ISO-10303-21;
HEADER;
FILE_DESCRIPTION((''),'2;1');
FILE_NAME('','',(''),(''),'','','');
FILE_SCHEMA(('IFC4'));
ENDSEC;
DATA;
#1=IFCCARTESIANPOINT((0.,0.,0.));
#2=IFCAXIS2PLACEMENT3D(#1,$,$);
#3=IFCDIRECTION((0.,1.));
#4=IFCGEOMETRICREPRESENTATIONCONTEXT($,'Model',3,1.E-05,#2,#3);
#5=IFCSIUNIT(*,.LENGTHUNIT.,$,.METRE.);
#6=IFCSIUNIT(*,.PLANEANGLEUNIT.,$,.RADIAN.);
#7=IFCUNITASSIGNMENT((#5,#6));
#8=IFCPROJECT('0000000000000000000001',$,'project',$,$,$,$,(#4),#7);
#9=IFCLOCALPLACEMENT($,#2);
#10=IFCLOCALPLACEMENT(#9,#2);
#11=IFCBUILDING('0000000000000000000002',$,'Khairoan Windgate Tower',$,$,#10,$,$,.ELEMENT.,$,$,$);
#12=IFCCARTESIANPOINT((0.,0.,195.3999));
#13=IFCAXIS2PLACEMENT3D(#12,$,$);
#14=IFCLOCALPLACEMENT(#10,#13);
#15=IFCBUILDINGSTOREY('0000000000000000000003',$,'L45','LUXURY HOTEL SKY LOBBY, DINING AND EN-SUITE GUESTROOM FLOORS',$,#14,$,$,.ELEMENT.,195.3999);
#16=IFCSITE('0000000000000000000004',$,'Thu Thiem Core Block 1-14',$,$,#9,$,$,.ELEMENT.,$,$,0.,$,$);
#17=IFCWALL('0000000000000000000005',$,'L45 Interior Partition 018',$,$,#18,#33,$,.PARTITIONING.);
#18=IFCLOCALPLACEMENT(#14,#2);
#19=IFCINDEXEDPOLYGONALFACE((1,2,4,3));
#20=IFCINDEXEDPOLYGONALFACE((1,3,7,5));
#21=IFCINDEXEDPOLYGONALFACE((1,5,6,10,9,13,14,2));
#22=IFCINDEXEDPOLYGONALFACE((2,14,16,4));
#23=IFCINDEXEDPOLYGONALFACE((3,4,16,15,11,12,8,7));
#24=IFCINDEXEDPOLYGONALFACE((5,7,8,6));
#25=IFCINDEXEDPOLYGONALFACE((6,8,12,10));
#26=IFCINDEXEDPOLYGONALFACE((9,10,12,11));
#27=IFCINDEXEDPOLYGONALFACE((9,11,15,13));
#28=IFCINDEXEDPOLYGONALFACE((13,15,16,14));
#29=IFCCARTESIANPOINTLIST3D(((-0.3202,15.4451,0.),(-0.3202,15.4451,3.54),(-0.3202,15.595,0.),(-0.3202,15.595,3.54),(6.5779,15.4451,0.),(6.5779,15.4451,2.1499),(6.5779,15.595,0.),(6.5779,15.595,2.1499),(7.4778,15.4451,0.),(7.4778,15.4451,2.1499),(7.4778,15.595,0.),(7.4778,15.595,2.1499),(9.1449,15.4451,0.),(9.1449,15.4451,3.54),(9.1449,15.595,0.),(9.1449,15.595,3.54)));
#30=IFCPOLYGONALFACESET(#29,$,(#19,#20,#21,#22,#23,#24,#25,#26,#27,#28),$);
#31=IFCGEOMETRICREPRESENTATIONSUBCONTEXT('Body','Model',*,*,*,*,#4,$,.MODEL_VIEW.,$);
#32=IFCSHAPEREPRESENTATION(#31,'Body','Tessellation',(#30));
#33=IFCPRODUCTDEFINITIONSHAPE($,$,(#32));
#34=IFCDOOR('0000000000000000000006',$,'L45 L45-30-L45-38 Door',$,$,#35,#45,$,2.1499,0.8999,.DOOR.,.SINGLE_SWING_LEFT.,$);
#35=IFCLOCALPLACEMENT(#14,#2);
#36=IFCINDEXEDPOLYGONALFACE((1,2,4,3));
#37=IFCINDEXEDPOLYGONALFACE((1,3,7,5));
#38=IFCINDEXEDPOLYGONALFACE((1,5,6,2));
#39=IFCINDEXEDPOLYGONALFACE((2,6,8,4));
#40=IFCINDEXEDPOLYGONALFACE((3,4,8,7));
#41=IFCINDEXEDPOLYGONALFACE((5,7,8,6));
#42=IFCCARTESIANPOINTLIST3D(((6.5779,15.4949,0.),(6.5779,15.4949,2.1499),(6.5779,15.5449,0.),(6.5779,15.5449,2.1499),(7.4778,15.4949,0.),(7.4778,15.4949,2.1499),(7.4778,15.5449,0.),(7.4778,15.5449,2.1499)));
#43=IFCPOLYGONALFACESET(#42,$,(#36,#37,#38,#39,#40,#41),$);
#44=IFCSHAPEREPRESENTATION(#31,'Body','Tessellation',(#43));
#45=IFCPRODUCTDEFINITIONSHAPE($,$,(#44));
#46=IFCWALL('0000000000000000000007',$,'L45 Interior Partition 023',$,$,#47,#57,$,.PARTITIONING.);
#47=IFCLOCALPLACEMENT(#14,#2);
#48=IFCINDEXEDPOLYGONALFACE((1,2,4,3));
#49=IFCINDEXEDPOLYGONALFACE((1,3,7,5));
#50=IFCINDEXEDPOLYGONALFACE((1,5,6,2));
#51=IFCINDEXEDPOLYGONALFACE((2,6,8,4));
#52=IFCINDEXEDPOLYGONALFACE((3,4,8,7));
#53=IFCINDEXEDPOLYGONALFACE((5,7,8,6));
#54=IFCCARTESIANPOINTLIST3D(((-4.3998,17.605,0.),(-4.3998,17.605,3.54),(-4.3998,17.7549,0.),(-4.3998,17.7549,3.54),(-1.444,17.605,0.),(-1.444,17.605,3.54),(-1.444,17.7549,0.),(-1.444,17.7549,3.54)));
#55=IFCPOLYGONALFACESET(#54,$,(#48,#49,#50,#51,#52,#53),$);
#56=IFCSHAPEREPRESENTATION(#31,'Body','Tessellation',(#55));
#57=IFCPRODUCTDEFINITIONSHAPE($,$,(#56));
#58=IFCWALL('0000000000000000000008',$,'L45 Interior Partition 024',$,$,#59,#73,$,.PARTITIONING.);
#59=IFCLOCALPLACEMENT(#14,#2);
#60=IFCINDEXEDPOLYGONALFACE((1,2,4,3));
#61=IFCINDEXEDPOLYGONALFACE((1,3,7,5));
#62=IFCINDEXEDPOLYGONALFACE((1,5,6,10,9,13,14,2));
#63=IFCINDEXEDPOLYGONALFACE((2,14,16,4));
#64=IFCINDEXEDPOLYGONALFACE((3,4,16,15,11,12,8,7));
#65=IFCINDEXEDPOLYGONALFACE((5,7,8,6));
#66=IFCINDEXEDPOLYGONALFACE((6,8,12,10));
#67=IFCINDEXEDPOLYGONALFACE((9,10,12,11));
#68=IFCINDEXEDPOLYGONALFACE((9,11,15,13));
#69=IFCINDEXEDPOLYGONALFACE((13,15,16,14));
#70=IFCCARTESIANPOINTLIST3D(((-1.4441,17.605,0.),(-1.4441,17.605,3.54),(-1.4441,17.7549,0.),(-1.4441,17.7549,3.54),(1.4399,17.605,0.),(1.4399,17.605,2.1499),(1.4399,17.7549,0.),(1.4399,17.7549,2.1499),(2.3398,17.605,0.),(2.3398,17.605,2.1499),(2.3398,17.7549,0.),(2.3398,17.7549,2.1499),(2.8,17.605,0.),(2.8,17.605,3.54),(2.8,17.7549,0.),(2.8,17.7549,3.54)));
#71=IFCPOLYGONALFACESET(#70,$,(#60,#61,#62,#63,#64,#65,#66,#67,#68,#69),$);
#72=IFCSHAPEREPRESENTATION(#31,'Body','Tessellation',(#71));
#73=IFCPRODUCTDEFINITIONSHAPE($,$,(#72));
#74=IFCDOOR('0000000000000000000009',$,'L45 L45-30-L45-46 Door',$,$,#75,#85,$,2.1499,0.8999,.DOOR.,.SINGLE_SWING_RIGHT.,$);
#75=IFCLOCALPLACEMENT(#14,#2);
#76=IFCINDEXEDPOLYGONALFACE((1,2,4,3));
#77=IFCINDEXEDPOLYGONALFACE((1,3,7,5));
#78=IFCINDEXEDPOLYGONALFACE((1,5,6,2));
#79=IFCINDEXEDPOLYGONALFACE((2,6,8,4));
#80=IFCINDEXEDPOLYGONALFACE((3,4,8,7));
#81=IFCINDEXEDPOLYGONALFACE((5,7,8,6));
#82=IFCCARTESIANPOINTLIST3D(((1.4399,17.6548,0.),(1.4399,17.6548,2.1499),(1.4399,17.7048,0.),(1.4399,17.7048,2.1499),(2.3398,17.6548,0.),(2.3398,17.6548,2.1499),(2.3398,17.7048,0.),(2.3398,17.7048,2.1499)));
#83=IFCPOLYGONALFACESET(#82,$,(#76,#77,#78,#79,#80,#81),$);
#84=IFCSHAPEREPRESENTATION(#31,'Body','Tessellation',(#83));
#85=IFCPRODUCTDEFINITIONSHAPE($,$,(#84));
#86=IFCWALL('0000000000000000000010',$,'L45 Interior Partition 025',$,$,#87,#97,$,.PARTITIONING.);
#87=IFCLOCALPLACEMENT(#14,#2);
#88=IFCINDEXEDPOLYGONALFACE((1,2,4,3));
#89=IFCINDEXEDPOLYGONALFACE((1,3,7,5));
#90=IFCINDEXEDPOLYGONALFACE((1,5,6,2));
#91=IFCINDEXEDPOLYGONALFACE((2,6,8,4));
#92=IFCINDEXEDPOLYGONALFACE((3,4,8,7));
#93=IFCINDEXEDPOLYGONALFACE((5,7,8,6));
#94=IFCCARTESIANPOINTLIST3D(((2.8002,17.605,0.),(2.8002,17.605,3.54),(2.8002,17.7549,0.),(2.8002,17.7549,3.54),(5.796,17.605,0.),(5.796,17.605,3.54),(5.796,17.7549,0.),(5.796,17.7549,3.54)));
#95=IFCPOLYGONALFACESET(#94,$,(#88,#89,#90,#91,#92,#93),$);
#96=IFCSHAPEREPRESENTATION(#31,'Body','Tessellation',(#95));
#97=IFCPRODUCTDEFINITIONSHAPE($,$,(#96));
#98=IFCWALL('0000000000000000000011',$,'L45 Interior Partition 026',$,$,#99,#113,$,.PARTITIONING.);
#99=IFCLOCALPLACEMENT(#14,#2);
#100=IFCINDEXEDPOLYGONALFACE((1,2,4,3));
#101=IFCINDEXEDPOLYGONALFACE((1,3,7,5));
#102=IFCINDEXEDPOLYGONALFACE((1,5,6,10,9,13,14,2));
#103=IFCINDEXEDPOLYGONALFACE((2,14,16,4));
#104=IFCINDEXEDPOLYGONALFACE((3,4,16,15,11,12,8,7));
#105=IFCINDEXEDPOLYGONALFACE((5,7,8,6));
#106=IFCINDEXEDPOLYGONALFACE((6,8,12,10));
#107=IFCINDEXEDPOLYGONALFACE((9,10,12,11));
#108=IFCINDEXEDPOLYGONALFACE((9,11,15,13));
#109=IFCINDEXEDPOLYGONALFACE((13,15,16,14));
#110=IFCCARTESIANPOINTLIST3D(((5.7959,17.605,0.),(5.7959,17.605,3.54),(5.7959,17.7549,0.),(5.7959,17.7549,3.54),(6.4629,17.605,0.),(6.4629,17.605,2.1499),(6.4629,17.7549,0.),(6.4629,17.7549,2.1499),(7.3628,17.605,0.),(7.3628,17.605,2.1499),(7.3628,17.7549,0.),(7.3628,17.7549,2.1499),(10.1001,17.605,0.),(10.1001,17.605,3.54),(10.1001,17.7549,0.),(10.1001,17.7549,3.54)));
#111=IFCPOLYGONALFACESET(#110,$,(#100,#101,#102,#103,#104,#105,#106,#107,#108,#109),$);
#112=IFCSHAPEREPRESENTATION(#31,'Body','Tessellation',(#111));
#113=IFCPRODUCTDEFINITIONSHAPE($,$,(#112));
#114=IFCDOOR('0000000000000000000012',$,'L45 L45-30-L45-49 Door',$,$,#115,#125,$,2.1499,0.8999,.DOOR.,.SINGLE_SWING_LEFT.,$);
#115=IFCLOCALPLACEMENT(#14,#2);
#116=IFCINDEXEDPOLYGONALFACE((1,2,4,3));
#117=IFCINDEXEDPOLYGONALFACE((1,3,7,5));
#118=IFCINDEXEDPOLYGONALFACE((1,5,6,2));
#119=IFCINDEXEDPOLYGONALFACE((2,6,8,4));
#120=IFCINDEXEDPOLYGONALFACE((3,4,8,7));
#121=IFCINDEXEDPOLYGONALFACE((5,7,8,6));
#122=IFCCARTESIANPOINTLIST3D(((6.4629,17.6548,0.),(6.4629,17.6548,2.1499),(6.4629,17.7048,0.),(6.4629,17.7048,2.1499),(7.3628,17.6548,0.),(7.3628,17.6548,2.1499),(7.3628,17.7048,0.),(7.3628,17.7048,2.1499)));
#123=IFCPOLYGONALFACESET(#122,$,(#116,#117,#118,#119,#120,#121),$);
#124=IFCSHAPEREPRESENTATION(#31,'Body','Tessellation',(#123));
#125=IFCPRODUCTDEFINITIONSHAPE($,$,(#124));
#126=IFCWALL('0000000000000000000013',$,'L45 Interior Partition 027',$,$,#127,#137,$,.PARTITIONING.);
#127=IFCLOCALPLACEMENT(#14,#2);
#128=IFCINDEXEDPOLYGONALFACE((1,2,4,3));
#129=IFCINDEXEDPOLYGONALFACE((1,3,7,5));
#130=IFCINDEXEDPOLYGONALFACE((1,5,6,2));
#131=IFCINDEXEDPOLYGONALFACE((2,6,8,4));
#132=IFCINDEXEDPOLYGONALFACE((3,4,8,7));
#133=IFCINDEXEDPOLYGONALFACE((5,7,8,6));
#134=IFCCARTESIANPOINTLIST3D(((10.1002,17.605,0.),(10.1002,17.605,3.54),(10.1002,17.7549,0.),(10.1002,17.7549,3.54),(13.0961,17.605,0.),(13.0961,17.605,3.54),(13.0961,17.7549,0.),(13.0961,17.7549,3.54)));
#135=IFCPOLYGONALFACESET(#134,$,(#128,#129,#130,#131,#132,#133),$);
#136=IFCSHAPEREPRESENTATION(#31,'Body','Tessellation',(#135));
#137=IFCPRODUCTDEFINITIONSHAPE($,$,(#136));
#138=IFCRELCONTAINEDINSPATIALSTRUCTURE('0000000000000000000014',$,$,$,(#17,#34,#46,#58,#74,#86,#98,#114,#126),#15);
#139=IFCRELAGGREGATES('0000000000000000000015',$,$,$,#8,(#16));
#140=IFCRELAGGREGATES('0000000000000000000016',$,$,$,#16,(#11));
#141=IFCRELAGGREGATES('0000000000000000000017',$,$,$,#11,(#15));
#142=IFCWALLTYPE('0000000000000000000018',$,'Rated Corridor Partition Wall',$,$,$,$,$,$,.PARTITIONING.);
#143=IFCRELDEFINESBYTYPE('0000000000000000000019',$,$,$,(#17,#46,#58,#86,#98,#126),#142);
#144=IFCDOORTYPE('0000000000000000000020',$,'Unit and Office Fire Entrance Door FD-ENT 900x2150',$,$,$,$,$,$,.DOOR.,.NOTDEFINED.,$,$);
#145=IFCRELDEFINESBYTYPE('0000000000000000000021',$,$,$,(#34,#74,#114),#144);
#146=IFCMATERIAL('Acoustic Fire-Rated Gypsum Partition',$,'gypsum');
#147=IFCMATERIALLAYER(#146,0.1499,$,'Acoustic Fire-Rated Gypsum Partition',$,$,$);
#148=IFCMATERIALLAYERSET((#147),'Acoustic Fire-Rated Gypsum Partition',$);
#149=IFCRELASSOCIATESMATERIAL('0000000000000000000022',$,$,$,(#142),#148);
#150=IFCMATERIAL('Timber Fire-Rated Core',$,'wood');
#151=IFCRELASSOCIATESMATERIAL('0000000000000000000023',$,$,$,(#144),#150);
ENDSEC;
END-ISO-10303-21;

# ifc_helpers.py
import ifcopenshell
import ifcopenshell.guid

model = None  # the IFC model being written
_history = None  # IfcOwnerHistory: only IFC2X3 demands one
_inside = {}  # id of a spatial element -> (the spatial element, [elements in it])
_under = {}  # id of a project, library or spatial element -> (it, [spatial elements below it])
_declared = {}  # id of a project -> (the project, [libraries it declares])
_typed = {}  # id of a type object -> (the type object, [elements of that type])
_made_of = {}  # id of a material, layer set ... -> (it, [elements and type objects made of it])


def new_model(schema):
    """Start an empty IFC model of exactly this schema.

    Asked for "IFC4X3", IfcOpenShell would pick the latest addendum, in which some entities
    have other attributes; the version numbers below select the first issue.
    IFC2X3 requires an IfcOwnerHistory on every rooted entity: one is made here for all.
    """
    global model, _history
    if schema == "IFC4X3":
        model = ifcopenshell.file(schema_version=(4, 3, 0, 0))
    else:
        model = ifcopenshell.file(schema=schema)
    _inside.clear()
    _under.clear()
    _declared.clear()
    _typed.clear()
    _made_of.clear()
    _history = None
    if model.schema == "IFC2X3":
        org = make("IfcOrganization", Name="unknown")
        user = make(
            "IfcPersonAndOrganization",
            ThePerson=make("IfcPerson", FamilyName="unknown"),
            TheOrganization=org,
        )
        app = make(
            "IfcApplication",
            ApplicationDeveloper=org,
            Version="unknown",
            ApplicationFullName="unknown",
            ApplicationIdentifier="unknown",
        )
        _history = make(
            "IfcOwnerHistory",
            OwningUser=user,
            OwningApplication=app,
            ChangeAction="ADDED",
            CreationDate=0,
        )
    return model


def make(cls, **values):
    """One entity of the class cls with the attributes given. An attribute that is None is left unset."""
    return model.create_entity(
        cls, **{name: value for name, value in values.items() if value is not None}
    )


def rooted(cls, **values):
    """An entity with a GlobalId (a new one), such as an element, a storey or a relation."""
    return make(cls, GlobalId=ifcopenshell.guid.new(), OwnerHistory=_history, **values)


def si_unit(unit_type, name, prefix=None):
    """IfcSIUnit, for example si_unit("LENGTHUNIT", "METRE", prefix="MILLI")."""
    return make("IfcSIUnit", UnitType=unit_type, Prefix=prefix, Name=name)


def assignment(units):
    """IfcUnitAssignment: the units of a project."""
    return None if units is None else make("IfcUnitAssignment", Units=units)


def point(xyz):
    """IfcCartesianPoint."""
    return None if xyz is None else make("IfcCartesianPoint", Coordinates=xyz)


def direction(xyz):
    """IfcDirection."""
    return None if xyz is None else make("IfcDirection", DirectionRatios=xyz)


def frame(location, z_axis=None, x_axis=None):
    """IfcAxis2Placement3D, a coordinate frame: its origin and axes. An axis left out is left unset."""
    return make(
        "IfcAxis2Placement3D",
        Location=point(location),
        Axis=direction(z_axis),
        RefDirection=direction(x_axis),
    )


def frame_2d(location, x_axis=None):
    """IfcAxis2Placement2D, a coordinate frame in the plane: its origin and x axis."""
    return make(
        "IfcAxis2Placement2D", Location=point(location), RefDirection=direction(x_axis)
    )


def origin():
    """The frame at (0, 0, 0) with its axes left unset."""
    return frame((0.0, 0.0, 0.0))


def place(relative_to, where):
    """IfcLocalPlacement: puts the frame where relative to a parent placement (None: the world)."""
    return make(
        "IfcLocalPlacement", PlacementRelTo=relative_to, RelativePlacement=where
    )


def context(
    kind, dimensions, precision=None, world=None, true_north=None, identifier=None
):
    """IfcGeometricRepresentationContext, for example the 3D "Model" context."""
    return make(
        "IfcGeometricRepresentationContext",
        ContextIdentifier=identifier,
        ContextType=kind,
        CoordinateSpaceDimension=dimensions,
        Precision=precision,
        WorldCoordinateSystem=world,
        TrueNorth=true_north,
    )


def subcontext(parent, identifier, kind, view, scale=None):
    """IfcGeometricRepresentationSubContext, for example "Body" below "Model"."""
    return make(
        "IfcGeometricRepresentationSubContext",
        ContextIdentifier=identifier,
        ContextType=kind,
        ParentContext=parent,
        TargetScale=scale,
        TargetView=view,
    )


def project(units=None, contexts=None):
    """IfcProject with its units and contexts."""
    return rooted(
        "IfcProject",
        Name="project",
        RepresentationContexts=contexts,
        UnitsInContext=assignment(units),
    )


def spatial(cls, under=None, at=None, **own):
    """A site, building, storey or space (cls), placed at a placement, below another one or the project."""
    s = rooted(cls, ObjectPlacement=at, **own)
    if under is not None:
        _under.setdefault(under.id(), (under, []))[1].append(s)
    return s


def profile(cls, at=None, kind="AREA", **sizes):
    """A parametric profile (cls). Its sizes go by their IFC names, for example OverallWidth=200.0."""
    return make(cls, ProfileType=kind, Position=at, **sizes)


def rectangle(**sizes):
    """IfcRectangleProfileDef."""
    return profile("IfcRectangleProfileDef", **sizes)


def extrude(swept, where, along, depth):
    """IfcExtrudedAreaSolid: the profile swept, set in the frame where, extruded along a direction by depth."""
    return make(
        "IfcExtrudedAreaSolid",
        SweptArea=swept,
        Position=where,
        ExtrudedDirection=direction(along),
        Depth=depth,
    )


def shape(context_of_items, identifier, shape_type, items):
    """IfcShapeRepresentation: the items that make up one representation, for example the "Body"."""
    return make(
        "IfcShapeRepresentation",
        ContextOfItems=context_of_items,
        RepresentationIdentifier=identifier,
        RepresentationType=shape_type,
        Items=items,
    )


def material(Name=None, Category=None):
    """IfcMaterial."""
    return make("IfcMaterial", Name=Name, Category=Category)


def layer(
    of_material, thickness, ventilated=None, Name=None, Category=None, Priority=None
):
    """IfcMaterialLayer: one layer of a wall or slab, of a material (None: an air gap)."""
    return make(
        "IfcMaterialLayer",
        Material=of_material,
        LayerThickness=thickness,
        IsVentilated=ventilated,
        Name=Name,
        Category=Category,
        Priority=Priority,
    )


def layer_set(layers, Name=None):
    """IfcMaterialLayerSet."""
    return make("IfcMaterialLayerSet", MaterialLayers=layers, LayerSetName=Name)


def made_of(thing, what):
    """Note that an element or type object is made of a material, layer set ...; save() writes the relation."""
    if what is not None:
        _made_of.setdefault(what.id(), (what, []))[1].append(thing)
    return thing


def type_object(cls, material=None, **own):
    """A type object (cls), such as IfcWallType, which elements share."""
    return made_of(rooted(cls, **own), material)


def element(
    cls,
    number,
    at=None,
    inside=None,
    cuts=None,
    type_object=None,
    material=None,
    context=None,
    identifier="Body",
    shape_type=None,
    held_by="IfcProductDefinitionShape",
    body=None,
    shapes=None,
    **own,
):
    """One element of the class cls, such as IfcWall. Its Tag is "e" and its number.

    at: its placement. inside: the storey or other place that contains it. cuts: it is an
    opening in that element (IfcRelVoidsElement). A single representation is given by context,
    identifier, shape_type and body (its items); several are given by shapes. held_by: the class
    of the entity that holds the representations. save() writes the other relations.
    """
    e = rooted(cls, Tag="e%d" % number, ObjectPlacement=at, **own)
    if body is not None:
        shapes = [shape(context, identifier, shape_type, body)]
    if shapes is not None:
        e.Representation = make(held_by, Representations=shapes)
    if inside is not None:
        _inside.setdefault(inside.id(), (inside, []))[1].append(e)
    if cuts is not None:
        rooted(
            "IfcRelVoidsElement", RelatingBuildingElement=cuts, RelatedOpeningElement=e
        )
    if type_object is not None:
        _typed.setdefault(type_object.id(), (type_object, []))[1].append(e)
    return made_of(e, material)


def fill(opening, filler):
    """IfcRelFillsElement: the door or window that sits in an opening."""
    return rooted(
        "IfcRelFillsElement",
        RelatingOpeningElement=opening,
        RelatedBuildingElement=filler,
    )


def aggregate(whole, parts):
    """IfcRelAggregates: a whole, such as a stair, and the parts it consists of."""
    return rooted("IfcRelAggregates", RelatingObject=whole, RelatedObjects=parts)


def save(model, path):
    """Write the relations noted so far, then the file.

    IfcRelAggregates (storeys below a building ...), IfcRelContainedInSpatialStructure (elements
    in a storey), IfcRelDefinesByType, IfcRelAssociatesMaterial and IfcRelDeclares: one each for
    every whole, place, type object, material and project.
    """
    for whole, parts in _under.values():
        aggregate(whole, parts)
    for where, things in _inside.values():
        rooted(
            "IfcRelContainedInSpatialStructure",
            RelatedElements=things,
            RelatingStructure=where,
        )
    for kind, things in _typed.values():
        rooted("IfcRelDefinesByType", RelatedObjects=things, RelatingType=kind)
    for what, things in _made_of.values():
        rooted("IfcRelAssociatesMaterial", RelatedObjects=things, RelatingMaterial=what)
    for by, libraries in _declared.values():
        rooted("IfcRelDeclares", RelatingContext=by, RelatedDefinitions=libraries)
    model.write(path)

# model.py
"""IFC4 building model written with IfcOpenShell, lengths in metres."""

from ifc_helpers import new_model, si_unit, direction, frame, frame_2d, origin, place, context, subcontext, project, spatial, rectangle, extrude, material, layer, layer_set, type_object, element, fill, save


model = new_model("IFC4")

# Units and contexts
model_context = context("Model", 3, precision=1e-05, world=origin(), true_north=direction((0.0, 1.0)))
body_context = subcontext(model_context, "Body", "Model", "MODEL_VIEW")
ifc_project = project(units=[si_unit("LENGTHUNIT", "METRE"), si_unit("PLANEANGLEUNIT", "RADIAN")], contexts=[model_context])

# Site, building, storey
site_placement = place(None, origin())
site = spatial("IfcSite", under=ifc_project, at=site_placement, Name="Thu Thiem Core Block 1-14", CompositionType="ELEMENT", RefElevation=0.0)
building_placement = place(site_placement, origin())
building = spatial("IfcBuilding", under=site, at=building_placement, Name="Khairoan Windgate Tower", CompositionType="ELEMENT")
storey_placement = place(building_placement, frame((0.0, 0.0, 195.3999)))
storey = spatial("IfcBuildingStorey", under=building, at=storey_placement, Name="L45", Description="LUXURY HOTEL SKY LOBBY, DINING AND EN-SUITE GUESTROOM FLOORS", CompositionType="ELEMENT", Elevation=195.3999)

# Wall, opening, door
ifc_material_1 = material(Name="Acoustic Fire-Rated Gypsum Partition", Category="gypsum")
ifc_layer_1 = layer(ifc_material_1, 0.1499, Name="Acoustic Fire-Rated Gypsum Partition")
ifc_layer_set_1 = layer_set([ifc_layer_1], Name="Acoustic Fire-Rated Gypsum Partition")
wall_type_1 = type_object("IfcWallType", Name="Rated Corridor Partition Wall", PredefinedType="PARTITIONING", material=ifc_layer_set_1)
ifc_material_2 = material(Name="Timber Fire-Rated Core", Category="wood")
door_type = type_object("IfcDoorType", Name="Unit and Office Fire Entrance Door FD-ENT 900x2150", OperationType="NOTDEFINED", PredefinedType="DOOR", material=ifc_material_2)
wall_1_placement = place(storey_placement, frame((-0.3201, 15.52, 0.0), z_axis=(0.0, 0.0, 1.0), x_axis=(1.0, 0.0, 0.0)))
wall_1 = element("IfcWall", 1, at=wall_1_placement, inside=storey, type_object=wall_type_1, Name="L45 Interior Partition 018", PredefinedType="PARTITIONING", context=body_context, shape_type="SweptSolid", body=[
    extrude(rectangle(XDim=9.4651, YDim=0.1499, at=frame_2d((4.7324, 0.0))), origin(), (0.0, 0.0, 1.0), 3.54),
])
opening_1_placement = place(wall_1_placement, frame((6.8979, 0.0, 0.0)))
opening_1 = element("IfcOpeningElement", 2, at=opening_1_placement, cuts=wall_1, PredefinedType="OPENING", context=body_context, shape_type="SweptSolid", body=[
    extrude(rectangle(XDim=0.8999, YDim=2.1499, at=frame_2d((0.45, 1.075))), frame((0.0, 0.085, 0.0), z_axis=(0.0, -1.0, 0.0), x_axis=(1.0, 0.0, 0.0)), (0.0, 0.0, 1.0), 0.1699),
])
door_1_placement = place(opening_1_placement, origin())
door_1 = element("IfcDoor", 3, at=door_1_placement, inside=storey, type_object=door_type, Name="L45 L45-30-L45-38 Door", OperationType="SINGLE_SWING_LEFT", OverallHeight=2.1499, OverallWidth=0.8999, PredefinedType="DOOR", context=body_context, shape_type="SweptSolid", body=[
    extrude(rectangle(XDim=0.8999, YDim=2.1499, at=frame_2d((0.45, 1.075))), frame((0.0, 0.0249, 0.0), z_axis=(0.0, -1.0, 0.0), x_axis=(1.0, 0.0, 0.0)), (0.0, 0.0, 1.0), 0.05),
])
fill(opening_1, door_1)

# Wall
wall_2_placement = place(storey_placement, frame((-4.3999, 17.6799, 0.0), z_axis=(0.0, 0.0, 1.0), x_axis=(1.0, 0.0, 0.0)))
element("IfcWall", 4, at=wall_2_placement, inside=storey, type_object=wall_type_1, Name="L45 Interior Partition 023", PredefinedType="PARTITIONING", context=body_context, shape_type="SweptSolid", body=[
    extrude(rectangle(XDim=2.9558, YDim=0.1499, at=frame_2d((1.478, 0.0))), origin(), (0.0, 0.0, 1.0), 3.54),
])

# Wall, opening, door
wall_3_placement = place(storey_placement, frame((-1.4441, 17.6799, 0.0), z_axis=(0.0, 0.0, 1.0), x_axis=(1.0, 0.0, 0.0)))
wall_3 = element("IfcWall", 5, at=wall_3_placement, inside=storey, type_object=wall_type_1, Name="L45 Interior Partition 024", PredefinedType="PARTITIONING", context=body_context, shape_type="SweptSolid", body=[
    extrude(rectangle(XDim=4.2441, YDim=0.1499, at=frame_2d((2.1221, 0.0))), origin(), (0.0, 0.0, 1.0), 3.54),
])
opening_2_placement = place(wall_3_placement, frame((2.884, 0.0, 0.0)))
opening_2 = element("IfcOpeningElement", 6, at=opening_2_placement, cuts=wall_3, PredefinedType="OPENING", context=body_context, shape_type="SweptSolid", body=[
    extrude(rectangle(XDim=0.8999, YDim=2.1499, at=frame_2d((0.45, 1.075))), frame((0.0, 0.085, 0.0), z_axis=(0.0, -1.0, 0.0), x_axis=(1.0, 0.0, 0.0)), (0.0, 0.0, 1.0), 0.1699),
])
door_2_placement = place(opening_2_placement, origin())
door_2 = element("IfcDoor", 7, at=door_2_placement, inside=storey, type_object=door_type, Name="L45 L45-30-L45-46 Door", OperationType="SINGLE_SWING_RIGHT", OverallHeight=2.1499, OverallWidth=0.8999, PredefinedType="DOOR", context=body_context, shape_type="SweptSolid", body=[
    extrude(rectangle(XDim=0.8999, YDim=2.1499, at=frame_2d((0.45, 1.075))), frame((0.0, 0.0249, 0.0), z_axis=(0.0, -1.0, 0.0), x_axis=(1.0, 0.0, 0.0)), (0.0, 0.0, 1.0), 0.05),
])
fill(opening_2, door_2)

# Wall
wall_4_placement = place(storey_placement, frame((2.8, 17.6799, 0.0), z_axis=(0.0, 0.0, 1.0), x_axis=(1.0, 0.0, 0.0)))
element("IfcWall", 8, at=wall_4_placement, inside=storey, type_object=wall_type_1, Name="L45 Interior Partition 025", PredefinedType="PARTITIONING", context=body_context, shape_type="SweptSolid", body=[
    extrude(rectangle(XDim=2.9958, YDim=0.1499, at=frame_2d((1.498, 0.0))), origin(), (0.0, 0.0, 1.0), 3.54),
])

# Wall, opening, door
wall_5_placement = place(storey_placement, frame((5.7959, 17.6799, 0.0), z_axis=(0.0, 0.0, 1.0), x_axis=(1.0, 0.0, 0.0)))
wall_5 = element("IfcWall", 9, at=wall_5_placement, inside=storey, type_object=wall_type_1, Name="L45 Interior Partition 026", PredefinedType="PARTITIONING", context=body_context, shape_type="SweptSolid", body=[
    extrude(rectangle(XDim=4.3042, YDim=0.1499, at=frame_2d((2.1521, 0.0))), origin(), (0.0, 0.0, 1.0), 3.54),
])
opening_3_placement = place(wall_5_placement, frame((0.667, 0.0, 0.0)))
opening_3 = element("IfcOpeningElement", 10, at=opening_3_placement, cuts=wall_5, PredefinedType="OPENING", context=body_context, shape_type="SweptSolid", body=[
    extrude(rectangle(XDim=0.8999, YDim=2.1499, at=frame_2d((0.45, 1.075))), frame((0.0, 0.085, 0.0), z_axis=(0.0, -1.0, 0.0), x_axis=(1.0, 0.0, 0.0)), (0.0, 0.0, 1.0), 0.1699),
])
door_3_placement = place(opening_3_placement, origin())
door_3 = element("IfcDoor", 11, at=door_3_placement, inside=storey, type_object=door_type, Name="L45 L45-30-L45-49 Door", OperationType="SINGLE_SWING_LEFT", OverallHeight=2.1499, OverallWidth=0.8999, PredefinedType="DOOR", context=body_context, shape_type="SweptSolid", body=[
    extrude(rectangle(XDim=0.8999, YDim=2.1499, at=frame_2d((0.45, 1.075))), frame((0.0, 0.0249, 0.0), z_axis=(0.0, -1.0, 0.0), x_axis=(1.0, 0.0, 0.0)), (0.0, 0.0, 1.0), 0.05),
])
fill(opening_3, door_3)

# Wall
wall_6_placement = place(storey_placement, frame((10.1001, 17.6799, 0.0), z_axis=(0.0, 0.0, 1.0), x_axis=(1.0, 0.0, 0.0)))
element("IfcWall", 12, at=wall_6_placement, inside=storey, type_object=wall_type_1, Name="L45 Interior Partition 027", PredefinedType="PARTITIONING", context=body_context, shape_type="SweptSolid", body=[
    extrude(rectangle(XDim=2.9958, YDim=0.1499, at=frame_2d((1.498, 0.0))), origin(), (0.0, 0.0, 1.0), 3.54),
])

save(model, "model.ifc")
